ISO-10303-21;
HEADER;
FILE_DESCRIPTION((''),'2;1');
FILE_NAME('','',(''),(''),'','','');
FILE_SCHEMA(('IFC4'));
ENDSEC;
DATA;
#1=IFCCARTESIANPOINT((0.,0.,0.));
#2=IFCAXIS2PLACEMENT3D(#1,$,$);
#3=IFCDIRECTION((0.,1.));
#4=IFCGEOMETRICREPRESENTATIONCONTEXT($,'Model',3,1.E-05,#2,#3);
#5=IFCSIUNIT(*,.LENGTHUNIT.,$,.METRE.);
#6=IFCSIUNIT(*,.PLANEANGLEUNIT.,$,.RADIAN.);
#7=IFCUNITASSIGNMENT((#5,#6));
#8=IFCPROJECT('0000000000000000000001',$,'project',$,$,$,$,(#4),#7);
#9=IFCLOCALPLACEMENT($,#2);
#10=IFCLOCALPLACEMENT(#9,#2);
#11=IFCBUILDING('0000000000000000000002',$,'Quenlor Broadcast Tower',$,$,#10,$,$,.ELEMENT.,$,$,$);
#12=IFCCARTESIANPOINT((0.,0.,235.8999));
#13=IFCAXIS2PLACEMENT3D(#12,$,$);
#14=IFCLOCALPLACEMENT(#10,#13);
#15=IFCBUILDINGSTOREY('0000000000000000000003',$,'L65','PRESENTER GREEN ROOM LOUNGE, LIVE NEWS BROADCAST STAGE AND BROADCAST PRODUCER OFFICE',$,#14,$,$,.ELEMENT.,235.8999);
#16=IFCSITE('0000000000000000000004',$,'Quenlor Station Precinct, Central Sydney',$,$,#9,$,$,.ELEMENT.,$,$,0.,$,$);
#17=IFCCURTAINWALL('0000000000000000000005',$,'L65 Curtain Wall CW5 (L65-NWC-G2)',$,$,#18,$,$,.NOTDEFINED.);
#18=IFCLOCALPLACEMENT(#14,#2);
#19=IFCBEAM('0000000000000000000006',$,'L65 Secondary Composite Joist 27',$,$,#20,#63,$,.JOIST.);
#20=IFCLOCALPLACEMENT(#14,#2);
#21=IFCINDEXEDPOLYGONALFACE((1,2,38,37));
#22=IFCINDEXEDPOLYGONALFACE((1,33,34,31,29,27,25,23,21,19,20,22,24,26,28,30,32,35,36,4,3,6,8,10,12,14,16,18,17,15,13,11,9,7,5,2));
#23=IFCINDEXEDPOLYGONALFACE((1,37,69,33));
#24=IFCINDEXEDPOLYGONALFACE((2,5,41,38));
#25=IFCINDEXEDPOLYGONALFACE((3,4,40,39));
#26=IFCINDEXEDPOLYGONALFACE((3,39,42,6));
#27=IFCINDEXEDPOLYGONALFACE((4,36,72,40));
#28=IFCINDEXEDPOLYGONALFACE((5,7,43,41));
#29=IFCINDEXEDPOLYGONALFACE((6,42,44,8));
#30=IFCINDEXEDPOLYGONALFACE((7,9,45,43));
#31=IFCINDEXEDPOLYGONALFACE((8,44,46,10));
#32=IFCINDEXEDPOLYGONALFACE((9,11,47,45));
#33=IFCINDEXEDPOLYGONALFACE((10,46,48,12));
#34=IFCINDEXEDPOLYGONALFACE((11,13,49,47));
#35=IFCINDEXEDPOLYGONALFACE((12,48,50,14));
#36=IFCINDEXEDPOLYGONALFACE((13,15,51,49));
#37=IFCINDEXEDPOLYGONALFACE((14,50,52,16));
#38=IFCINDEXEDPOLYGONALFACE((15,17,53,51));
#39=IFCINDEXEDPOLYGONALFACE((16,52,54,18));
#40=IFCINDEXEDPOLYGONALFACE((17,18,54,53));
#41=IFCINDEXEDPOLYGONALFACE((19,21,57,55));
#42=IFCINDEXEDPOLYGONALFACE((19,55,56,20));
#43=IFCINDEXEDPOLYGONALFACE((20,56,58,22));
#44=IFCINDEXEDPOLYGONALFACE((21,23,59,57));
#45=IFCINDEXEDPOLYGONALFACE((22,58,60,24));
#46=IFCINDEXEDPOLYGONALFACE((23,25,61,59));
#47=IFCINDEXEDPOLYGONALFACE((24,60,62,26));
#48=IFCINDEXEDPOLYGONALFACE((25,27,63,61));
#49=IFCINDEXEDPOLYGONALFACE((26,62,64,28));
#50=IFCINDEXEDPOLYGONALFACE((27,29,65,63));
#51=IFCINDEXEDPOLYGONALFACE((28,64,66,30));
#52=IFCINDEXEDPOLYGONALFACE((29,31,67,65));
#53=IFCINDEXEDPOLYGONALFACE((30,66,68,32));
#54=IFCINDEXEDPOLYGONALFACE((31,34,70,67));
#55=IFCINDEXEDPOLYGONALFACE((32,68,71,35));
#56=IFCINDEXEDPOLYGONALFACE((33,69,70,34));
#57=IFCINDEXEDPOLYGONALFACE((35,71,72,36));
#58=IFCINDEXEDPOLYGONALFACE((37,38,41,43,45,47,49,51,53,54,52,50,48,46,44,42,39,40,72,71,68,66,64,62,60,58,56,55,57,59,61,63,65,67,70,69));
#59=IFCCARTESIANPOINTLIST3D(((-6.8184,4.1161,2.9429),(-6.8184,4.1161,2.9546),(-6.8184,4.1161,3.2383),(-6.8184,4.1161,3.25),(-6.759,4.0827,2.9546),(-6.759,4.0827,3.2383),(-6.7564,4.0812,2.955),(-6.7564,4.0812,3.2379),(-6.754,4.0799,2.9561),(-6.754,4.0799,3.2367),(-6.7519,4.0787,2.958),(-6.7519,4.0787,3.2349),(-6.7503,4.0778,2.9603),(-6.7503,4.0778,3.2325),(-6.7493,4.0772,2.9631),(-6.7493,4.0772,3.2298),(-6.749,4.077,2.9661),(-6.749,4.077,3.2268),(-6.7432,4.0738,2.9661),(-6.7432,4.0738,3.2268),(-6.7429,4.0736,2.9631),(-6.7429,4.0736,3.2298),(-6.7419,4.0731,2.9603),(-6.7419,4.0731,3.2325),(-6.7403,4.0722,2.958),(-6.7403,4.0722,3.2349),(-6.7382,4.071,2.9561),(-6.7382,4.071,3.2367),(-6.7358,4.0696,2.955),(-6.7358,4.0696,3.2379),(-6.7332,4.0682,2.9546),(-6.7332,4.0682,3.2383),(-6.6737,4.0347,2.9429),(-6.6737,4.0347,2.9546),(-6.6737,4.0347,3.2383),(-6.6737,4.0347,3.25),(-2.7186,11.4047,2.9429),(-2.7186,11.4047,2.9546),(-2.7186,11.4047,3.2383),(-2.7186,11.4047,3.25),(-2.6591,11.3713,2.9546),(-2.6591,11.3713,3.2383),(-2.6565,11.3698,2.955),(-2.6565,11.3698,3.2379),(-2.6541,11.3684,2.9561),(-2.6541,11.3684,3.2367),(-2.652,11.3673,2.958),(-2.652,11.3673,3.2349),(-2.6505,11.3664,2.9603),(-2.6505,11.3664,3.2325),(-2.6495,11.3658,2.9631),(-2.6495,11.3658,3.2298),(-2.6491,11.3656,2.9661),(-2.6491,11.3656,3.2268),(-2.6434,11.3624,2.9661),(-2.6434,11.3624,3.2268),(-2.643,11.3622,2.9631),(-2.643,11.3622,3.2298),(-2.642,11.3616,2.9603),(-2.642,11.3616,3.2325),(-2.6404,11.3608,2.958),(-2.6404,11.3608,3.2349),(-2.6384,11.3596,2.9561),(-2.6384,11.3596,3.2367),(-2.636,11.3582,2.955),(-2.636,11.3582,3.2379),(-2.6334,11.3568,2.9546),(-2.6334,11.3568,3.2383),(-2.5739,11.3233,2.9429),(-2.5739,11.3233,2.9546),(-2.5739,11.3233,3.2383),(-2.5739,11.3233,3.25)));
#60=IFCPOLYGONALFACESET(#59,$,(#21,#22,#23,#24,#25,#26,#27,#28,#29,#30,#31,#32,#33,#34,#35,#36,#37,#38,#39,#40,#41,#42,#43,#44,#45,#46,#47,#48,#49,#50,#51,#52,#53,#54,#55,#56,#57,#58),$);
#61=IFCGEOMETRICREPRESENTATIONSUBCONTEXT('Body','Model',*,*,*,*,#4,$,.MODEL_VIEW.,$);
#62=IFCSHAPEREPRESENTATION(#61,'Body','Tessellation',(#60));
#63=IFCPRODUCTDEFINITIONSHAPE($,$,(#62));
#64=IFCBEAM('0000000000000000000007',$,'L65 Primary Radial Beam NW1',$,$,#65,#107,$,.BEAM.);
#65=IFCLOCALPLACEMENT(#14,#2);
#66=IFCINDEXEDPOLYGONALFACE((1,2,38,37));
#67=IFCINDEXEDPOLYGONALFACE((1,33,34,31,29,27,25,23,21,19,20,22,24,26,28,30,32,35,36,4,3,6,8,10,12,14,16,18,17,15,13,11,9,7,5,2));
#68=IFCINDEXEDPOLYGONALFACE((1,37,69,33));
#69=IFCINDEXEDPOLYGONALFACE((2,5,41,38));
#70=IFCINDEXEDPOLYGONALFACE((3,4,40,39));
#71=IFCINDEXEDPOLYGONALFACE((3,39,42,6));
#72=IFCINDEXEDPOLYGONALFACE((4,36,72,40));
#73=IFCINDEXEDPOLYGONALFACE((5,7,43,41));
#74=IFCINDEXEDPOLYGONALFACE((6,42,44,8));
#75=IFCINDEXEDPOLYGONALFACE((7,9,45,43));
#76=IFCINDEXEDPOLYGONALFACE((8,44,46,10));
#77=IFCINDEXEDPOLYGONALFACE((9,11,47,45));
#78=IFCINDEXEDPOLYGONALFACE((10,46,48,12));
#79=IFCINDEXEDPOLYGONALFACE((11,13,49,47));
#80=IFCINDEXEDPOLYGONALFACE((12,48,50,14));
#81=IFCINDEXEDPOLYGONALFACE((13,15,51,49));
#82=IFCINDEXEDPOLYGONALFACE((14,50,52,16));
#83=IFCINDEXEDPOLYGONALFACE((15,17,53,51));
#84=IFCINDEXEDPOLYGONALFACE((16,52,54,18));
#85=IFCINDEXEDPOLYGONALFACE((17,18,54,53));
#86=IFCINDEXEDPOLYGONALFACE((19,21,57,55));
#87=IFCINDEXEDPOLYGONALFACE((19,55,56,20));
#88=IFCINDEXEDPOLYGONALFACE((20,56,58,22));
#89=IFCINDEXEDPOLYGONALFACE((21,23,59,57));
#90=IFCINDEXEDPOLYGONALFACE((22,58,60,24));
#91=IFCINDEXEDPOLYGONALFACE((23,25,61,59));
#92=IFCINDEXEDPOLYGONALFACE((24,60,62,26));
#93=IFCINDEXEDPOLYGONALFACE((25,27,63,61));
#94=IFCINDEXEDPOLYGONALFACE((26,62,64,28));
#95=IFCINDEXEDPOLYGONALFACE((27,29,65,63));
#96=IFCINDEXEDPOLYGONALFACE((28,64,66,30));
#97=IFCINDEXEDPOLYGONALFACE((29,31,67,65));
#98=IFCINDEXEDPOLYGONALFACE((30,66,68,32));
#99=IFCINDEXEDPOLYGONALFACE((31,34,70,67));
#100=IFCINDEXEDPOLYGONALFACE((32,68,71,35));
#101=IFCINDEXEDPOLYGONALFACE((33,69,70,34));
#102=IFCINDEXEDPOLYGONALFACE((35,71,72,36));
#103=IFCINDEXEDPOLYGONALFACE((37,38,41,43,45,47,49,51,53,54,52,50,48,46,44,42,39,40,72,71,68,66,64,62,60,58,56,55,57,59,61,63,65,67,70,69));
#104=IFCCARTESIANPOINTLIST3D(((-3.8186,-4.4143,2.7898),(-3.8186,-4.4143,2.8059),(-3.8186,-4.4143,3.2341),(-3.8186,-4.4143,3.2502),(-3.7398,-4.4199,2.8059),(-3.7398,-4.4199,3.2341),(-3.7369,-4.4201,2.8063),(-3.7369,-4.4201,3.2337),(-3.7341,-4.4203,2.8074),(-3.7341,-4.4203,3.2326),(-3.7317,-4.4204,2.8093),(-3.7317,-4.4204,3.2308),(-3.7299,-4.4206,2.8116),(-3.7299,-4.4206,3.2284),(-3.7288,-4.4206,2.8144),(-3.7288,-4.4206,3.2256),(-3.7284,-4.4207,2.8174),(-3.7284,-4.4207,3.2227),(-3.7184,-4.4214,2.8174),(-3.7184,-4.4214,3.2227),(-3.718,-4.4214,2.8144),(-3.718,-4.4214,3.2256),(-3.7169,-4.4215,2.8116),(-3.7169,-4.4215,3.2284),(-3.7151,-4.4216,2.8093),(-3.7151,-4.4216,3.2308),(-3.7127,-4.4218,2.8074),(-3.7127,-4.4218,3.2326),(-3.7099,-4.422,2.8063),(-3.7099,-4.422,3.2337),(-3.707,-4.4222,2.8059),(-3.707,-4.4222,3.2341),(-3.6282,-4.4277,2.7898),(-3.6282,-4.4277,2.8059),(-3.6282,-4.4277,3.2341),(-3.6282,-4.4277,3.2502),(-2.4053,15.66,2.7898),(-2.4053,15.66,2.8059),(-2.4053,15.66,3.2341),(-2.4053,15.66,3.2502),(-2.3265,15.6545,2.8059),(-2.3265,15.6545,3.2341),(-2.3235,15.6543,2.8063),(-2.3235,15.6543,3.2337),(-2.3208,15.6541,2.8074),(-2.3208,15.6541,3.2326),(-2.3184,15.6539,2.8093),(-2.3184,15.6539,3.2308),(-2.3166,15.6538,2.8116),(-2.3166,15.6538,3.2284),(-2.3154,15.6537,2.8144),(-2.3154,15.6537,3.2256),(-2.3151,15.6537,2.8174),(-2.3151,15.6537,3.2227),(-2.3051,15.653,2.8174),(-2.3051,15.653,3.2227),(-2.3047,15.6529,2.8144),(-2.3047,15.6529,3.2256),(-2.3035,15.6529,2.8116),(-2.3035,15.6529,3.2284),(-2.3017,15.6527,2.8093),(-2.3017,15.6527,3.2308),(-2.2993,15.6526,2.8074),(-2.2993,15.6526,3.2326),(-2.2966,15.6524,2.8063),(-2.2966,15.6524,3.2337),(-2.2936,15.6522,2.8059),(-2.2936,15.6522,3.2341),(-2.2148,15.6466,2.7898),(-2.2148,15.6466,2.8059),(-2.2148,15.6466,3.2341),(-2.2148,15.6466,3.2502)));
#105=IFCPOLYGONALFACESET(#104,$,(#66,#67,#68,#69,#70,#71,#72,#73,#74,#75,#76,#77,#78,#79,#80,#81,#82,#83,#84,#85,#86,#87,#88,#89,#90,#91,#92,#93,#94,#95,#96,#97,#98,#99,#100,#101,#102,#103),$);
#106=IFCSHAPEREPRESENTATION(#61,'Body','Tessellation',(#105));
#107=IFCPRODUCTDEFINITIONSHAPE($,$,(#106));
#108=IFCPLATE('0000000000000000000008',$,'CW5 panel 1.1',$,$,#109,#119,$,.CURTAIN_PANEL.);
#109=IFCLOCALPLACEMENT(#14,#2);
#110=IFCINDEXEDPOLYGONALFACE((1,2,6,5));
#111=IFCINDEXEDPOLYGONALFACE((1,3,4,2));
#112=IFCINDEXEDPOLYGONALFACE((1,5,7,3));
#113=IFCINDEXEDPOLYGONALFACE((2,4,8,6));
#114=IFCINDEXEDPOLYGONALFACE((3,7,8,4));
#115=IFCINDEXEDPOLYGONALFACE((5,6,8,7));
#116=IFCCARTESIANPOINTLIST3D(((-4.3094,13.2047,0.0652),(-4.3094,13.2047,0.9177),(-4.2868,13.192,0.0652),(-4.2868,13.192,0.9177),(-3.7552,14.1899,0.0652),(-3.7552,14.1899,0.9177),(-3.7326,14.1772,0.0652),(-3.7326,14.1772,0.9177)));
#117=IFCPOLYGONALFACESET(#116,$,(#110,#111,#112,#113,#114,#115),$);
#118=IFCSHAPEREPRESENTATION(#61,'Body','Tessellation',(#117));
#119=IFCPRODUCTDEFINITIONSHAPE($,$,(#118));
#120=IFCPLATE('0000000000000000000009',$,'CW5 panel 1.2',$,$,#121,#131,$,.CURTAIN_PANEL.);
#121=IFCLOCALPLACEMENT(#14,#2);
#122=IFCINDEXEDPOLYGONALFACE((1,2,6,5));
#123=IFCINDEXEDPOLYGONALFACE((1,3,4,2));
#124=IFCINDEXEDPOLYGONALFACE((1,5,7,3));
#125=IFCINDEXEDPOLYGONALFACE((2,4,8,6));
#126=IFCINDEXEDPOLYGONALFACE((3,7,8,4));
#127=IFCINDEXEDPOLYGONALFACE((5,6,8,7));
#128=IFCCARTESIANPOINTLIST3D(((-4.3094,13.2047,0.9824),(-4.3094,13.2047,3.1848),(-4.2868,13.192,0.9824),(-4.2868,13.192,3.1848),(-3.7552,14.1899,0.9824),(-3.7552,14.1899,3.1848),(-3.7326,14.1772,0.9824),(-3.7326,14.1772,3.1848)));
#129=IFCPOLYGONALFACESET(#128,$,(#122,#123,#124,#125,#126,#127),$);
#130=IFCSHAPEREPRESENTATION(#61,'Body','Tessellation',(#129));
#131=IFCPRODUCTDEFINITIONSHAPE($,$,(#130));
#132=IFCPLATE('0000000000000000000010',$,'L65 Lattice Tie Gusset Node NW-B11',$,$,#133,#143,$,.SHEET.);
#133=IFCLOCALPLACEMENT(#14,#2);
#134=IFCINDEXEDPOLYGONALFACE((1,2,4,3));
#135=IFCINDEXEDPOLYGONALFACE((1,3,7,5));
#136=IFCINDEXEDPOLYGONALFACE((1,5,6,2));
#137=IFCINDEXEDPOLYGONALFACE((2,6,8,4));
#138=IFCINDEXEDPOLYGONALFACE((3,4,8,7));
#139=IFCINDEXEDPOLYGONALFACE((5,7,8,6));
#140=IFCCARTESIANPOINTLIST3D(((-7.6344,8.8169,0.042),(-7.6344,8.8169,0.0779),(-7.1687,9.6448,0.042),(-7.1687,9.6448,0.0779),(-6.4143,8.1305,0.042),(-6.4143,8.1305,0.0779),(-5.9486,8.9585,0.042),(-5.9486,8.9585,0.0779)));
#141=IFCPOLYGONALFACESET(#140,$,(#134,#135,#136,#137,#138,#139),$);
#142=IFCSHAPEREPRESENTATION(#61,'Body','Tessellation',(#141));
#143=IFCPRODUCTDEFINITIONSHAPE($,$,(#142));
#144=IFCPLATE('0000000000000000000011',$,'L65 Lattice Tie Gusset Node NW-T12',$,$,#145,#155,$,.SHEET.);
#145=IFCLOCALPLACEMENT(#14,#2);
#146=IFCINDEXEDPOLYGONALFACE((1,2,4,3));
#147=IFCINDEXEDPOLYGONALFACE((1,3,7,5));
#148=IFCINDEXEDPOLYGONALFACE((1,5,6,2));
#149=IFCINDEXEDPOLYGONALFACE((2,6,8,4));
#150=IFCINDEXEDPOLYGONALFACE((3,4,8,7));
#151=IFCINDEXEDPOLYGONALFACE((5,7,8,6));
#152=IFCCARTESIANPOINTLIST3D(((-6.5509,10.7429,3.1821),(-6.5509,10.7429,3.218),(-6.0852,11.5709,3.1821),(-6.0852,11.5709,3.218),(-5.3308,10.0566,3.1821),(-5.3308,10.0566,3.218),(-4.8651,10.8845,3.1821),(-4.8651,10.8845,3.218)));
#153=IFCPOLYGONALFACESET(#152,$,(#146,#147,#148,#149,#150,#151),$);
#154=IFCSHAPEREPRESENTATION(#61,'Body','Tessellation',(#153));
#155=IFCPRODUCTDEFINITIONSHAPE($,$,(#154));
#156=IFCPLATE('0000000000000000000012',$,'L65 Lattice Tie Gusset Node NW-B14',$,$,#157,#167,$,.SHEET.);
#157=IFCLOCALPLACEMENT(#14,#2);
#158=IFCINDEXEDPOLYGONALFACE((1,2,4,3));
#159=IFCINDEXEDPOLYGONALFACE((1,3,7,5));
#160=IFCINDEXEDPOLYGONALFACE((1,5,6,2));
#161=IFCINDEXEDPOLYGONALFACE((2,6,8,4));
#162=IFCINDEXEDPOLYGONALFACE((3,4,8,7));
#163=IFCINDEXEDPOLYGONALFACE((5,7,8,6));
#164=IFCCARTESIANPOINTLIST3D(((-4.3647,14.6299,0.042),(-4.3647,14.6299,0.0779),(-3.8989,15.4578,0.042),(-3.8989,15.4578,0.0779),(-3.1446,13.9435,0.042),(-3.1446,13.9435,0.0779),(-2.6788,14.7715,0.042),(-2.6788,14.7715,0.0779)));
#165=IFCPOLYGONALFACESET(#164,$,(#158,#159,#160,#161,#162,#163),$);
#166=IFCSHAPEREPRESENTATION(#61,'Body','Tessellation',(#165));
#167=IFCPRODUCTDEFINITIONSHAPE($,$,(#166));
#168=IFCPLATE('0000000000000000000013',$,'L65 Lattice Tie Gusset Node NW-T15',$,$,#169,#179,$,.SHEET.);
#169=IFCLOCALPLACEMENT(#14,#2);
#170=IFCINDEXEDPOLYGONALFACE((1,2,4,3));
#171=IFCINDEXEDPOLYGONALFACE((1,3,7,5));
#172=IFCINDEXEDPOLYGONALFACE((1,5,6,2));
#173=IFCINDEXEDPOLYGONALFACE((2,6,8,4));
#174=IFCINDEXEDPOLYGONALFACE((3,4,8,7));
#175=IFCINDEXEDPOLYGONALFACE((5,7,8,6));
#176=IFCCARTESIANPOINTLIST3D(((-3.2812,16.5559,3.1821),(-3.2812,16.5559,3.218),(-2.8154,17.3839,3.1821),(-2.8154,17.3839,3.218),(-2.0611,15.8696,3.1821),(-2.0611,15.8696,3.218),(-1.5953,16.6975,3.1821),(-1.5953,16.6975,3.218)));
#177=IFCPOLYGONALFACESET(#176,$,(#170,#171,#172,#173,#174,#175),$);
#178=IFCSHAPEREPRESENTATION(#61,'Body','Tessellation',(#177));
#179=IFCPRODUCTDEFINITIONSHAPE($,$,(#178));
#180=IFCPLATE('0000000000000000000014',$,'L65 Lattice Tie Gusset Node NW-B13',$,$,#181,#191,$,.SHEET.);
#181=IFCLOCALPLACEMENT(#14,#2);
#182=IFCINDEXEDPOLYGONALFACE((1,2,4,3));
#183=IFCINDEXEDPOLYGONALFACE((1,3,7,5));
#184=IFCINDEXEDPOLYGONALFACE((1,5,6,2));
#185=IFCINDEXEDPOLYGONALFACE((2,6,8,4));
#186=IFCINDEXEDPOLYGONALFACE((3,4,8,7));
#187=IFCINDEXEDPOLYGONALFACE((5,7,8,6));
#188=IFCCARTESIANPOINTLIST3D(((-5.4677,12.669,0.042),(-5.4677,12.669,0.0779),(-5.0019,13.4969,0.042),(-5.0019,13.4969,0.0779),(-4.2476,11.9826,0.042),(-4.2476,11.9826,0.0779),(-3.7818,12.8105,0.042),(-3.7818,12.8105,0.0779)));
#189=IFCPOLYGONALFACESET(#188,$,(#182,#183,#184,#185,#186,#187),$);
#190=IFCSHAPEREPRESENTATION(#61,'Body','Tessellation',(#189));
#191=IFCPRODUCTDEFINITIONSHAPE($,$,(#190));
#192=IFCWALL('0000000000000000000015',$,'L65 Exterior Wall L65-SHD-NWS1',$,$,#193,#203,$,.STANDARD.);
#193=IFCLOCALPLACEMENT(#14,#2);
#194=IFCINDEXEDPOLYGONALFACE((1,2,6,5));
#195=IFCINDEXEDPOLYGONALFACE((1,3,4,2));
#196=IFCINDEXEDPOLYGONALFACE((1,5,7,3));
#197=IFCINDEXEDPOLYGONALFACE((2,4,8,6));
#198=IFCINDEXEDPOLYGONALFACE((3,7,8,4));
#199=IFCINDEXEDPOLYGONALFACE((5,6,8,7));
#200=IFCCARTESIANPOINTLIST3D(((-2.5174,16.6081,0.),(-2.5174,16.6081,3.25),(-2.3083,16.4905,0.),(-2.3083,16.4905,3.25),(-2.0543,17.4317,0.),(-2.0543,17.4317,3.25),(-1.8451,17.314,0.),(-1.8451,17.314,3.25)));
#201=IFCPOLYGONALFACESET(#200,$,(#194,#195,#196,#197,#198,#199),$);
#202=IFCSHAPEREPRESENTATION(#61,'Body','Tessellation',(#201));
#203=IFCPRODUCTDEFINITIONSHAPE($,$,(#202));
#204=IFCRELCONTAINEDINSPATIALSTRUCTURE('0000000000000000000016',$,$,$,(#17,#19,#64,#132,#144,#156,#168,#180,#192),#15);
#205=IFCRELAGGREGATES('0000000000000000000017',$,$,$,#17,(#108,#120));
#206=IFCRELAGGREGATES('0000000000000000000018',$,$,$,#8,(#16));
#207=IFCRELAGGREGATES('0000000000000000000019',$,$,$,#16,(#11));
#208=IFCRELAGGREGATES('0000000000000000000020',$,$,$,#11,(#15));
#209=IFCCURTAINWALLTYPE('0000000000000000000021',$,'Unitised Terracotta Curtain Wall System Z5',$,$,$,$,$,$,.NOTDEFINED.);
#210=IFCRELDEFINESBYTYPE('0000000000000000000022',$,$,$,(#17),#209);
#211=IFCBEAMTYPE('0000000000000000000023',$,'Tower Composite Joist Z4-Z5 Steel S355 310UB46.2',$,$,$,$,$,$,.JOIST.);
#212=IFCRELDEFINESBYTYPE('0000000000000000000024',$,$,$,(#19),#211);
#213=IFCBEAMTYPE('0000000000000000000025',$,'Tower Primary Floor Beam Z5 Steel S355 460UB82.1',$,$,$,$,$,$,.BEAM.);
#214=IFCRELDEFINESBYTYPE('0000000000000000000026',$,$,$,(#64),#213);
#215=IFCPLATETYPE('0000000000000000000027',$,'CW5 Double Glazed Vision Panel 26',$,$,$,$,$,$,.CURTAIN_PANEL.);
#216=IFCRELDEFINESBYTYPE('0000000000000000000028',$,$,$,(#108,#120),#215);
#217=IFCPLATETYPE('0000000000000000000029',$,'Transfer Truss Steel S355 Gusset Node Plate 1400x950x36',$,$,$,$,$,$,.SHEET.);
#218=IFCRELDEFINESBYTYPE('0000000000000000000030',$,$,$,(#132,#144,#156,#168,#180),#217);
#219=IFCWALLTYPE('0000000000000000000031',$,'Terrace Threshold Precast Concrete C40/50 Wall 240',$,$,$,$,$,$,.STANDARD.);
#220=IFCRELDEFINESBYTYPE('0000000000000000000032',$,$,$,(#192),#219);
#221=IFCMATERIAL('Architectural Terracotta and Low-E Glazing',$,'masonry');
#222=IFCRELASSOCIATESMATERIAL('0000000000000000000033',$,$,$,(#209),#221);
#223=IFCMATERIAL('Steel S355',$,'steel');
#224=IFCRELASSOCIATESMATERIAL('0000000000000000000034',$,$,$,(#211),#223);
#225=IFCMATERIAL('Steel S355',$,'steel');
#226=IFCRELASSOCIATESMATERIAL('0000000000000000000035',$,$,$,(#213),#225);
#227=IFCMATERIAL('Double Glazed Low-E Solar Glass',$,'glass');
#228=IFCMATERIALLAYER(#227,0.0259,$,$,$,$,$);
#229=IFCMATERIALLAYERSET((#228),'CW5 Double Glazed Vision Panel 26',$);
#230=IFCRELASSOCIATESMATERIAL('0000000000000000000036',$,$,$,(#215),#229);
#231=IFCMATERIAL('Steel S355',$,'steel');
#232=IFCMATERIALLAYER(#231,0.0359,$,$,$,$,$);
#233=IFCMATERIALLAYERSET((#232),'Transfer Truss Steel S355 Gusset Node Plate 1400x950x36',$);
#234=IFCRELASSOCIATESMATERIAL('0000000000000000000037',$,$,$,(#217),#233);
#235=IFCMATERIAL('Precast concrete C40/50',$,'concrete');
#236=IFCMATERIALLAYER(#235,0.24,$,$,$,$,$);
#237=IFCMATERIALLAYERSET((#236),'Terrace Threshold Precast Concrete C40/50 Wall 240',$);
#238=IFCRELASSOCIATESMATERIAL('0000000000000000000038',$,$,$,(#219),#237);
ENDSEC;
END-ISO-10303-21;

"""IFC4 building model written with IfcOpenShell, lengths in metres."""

from ifc_helpers import new_model, si_unit, direction, frame, frame_2d, origin, origin_2d, place, context, subcontext, project, spatial, rectangle, i_section, extrude, material, layer, layer_set, material_profile, profile_set, type_object, element, aggregate, save


model = new_model("IFC4")

# Units and contexts
model_context = context("Model", 3, precision=1e-05, world=origin(), true_north=direction((0.0, 1.0)))
body_context = subcontext(model_context, "Body", "Model", "MODEL_VIEW")
ifc_project = project(units=[si_unit("LENGTHUNIT", "METRE"), si_unit("PLANEANGLEUNIT", "RADIAN")], contexts=[model_context])

# Site, building, storey
site_placement = place(None, origin())
site = spatial("IfcSite", under=ifc_project, at=site_placement, Name="Quenlor Station Precinct, Central Sydney", CompositionType="ELEMENT", RefElevation=0.0)
building_placement = place(site_placement, origin())
building = spatial("IfcBuilding", under=site, at=building_placement, Name="Quenlor Broadcast Tower", CompositionType="ELEMENT")
storey_placement = place(building_placement, frame((0.0, 0.0, 235.8999)))
storey = spatial("IfcBuildingStorey", under=building, at=storey_placement, Name="L65", Description="PRESENTER GREEN ROOM LOUNGE, LIVE NEWS BROADCAST STAGE AND BROADCAST PRODUCER OFFICE", CompositionType="ELEMENT", Elevation=235.8999)

# Curtain wall
ifc_material_1 = material(Name="Architectural Terracotta and Low-E Glazing", Category="masonry")
curtain_wall_type = type_object("IfcCurtainWallType", Name="Unitised Terracotta Curtain Wall System Z5", PredefinedType="NOTDEFINED", material=ifc_material_1)
curtain_wall_placement = place(storey_placement, origin())
curtain_wall = element("IfcCurtainWall", 1, at=curtain_wall_placement, inside=storey, type_object=curtain_wall_type, Name="L65 Curtain Wall CW5 (L65-NWC-G2)", PredefinedType="NOTDEFINED")

# Beams
ifc_material_2 = material(Name="Steel S355", Category="steel")
ifc_material_profile_1 = material_profile(ifc_material_2, i_section(OverallWidth=0.166, OverallDepth=0.3071, WebThickness=0.0066, FlangeThickness=0.0117, FilletRadius=0.0115, at=origin_2d()))
ifc_profile_set_1 = profile_set([ifc_material_profile_1], Name="Steel S355 310UB46.2")
beam_type_1 = type_object("IfcBeamType", Name="Tower Composite Joist Z4-Z5 Steel S355 310UB46.2", PredefinedType="JOIST", material=ifc_profile_set_1)
beam_1_placement = place(storey_placement, frame((-2.6462, 11.364, 3.0964), z_axis=(-0.490264, -0.871574, 0.0), x_axis=(0.871574, -0.490264, 0.0)))
element("IfcBeam", 2, at=beam_1_placement, inside=storey, type_object=beam_type_1, Name="L65 Secondary Composite Joist 27", PredefinedType="JOIST", context=body_context, shape_type="SweptSolid", body=[
    extrude(i_section(OverallWidth=0.166, OverallDepth=0.3071, WebThickness=0.0066, FlangeThickness=0.0117, FilletRadius=0.0115, at=origin_2d()), origin(), (0.0, 0.0, 1.0), 8.3625),
])
ifc_material_3 = material(Name="Steel S355", Category="steel")
ifc_material_profile_2 = material_profile(ifc_material_3, i_section(OverallWidth=0.1909, OverallDepth=0.4604, WebThickness=0.01, FlangeThickness=0.0161, FilletRadius=0.0115, at=origin_2d()))
ifc_profile_set_2 = profile_set([ifc_material_profile_2], Name="Steel S355 460UB82.1")
beam_type_2 = type_object("IfcBeamType", Name="Tower Primary Floor Beam Z5 Steel S355 460UB82.1", PredefinedType="BEAM", material=ifc_profile_set_2)
beam_2_placement = place(storey_placement, frame((-2.3101, 15.6533, 3.02), z_axis=(-0.070231, -0.997531, 0.0), x_axis=(0.997531, -0.070231, 0.0)))
element("IfcBeam", 3, at=beam_2_placement, inside=storey, type_object=beam_type_2, Name="L65 Primary Radial Beam NW1", PredefinedType="BEAM", context=body_context, shape_type="SweptSolid", body=[
    extrude(i_section(OverallWidth=0.1909, OverallDepth=0.4604, WebThickness=0.01, FlangeThickness=0.0161, FilletRadius=0.0115, at=origin_2d()), origin(), (0.0, 0.0, 1.0), 20.124),
])

# Plates
ifc_material_4 = material(Name="Double Glazed Low-E Solar Glass", Category="glass")
ifc_layer_1 = layer(ifc_material_4, 0.0259)
ifc_layer_set_1 = layer_set([ifc_layer_1], Name="CW5 Double Glazed Vision Panel 26")
plate_type_1 = type_object("IfcPlateType", Name="CW5 Double Glazed Vision Panel 26", PredefinedType="CURTAIN_PANEL", material=ifc_layer_set_1)
plate_1_placement = place(storey_placement, frame((-4.021, 13.6909, 0.0652), z_axis=(0.0, 0.0, 1.0), x_axis=(0.490291, 0.871559, 0.0)))
plate_1 = element("IfcPlate", 4, at=plate_1_placement, type_object=plate_type_1, Name="CW5 panel 1.1", PredefinedType="CURTAIN_PANEL", context=body_context, shape_type="SweptSolid", body=[
    extrude(rectangle(XDim=1.1304, YDim=0.0259, at=origin_2d()), origin(), (0.0, 0.0, 1.0), 0.8525),
])
plate_2_placement = place(storey_placement, frame((-4.021, 13.6909, 0.9824), z_axis=(0.0, 0.0, 1.0), x_axis=(0.490291, 0.871559, 0.0)))
plate_2 = element("IfcPlate", 5, at=plate_2_placement, type_object=plate_type_1, Name="CW5 panel 1.2", PredefinedType="CURTAIN_PANEL", context=body_context, shape_type="SweptSolid", body=[
    extrude(rectangle(XDim=1.1304, YDim=0.0259, at=origin_2d()), origin(), (0.0, 0.0, 1.0), 2.2024),
])
aggregate(curtain_wall, [plate_1, plate_2])

# Plates
ifc_material_5 = material(Name="Steel S355", Category="steel")
ifc_layer_2 = layer(ifc_material_5, 0.0359)
ifc_layer_set_2 = layer_set([ifc_layer_2], Name="Transfer Truss Steel S355 Gusset Node Plate 1400x950x36")
plate_type_2 = type_object("IfcPlateType", Name="Transfer Truss Steel S355 Gusset Node Plate 1400x950x36", PredefinedType="SHEET", material=ifc_layer_set_2)
for number, where, z_axis, x_axis, name in (
    (6, (-6.7915, 8.8877, 0.042), (0.0, 0.0, 1.0), (-0.871556, 0.490295, 0.0), "L65 Lattice Tie Gusset Node NW-B11"),
    (7, (-5.708, 10.8137, 3.1821), (0.0, 0.0, 1.0), (-0.871556, 0.490295, 0.0), "L65 Lattice Tie Gusset Node NW-T12"),
    (8, (-3.5217, 14.7007, 0.042), (0.0, 0.0, 1.0), (-0.871556, 0.490295, 0.0), "L65 Lattice Tie Gusset Node NW-B14"),
    (9, (-2.4382, 16.6267, 3.1821), (0.0, 0.0, 1.0), (-0.871556, 0.490295, 0.0), "L65 Lattice Tie Gusset Node NW-T15"),
    (10, (-4.6248, 12.7397, 0.042), (0.0, 0.0, 1.0), (-0.871556, 0.490295, 0.0), "L65 Lattice Tie Gusset Node NW-B13"),
):
    element("IfcPlate", number, at=place(storey_placement, frame(where, z_axis=z_axis, x_axis=x_axis)), inside=storey, type_object=plate_type_2, Name=name, PredefinedType="SHEET", context=body_context, shape_type="SweptSolid", body=[
        extrude(rectangle(XDim=1.3999, YDim=0.95, at=origin_2d()), origin(), (0.0, 0.0, 1.0), 0.0359),
    ])

# Wall
ifc_material_6 = material(Name="Precast concrete C40/50", Category="concrete")
ifc_layer_3 = layer(ifc_material_6, 0.24)
ifc_layer_set_3 = layer_set([ifc_layer_3], Name="Terrace Threshold Precast Concrete C40/50 Wall 240")
wall_type_1 = type_object("IfcWallType", Name="Terrace Threshold Precast Concrete C40/50 Wall 240", PredefinedType="STANDARD", material=ifc_layer_set_3)
wall_1_placement = place(storey_placement, frame((-2.4128, 16.5493, 0.0), z_axis=(0.0, 0.0, 1.0), x_axis=(0.4902, 0.87161, 0.0)))
element("IfcWall", 11, at=wall_1_placement, inside=storey, type_object=wall_type_1, Name="L65 Exterior Wall L65-SHD-NWS1", PredefinedType="STANDARD", context=body_context, shape_type="SweptSolid", body=[
    extrude(rectangle(XDim=0.9448, YDim=0.24, at=frame_2d((0.4724, 0.0))), origin(), (0.0, 0.0, 1.0), 3.25),
])

save(model, "model.ifc")
